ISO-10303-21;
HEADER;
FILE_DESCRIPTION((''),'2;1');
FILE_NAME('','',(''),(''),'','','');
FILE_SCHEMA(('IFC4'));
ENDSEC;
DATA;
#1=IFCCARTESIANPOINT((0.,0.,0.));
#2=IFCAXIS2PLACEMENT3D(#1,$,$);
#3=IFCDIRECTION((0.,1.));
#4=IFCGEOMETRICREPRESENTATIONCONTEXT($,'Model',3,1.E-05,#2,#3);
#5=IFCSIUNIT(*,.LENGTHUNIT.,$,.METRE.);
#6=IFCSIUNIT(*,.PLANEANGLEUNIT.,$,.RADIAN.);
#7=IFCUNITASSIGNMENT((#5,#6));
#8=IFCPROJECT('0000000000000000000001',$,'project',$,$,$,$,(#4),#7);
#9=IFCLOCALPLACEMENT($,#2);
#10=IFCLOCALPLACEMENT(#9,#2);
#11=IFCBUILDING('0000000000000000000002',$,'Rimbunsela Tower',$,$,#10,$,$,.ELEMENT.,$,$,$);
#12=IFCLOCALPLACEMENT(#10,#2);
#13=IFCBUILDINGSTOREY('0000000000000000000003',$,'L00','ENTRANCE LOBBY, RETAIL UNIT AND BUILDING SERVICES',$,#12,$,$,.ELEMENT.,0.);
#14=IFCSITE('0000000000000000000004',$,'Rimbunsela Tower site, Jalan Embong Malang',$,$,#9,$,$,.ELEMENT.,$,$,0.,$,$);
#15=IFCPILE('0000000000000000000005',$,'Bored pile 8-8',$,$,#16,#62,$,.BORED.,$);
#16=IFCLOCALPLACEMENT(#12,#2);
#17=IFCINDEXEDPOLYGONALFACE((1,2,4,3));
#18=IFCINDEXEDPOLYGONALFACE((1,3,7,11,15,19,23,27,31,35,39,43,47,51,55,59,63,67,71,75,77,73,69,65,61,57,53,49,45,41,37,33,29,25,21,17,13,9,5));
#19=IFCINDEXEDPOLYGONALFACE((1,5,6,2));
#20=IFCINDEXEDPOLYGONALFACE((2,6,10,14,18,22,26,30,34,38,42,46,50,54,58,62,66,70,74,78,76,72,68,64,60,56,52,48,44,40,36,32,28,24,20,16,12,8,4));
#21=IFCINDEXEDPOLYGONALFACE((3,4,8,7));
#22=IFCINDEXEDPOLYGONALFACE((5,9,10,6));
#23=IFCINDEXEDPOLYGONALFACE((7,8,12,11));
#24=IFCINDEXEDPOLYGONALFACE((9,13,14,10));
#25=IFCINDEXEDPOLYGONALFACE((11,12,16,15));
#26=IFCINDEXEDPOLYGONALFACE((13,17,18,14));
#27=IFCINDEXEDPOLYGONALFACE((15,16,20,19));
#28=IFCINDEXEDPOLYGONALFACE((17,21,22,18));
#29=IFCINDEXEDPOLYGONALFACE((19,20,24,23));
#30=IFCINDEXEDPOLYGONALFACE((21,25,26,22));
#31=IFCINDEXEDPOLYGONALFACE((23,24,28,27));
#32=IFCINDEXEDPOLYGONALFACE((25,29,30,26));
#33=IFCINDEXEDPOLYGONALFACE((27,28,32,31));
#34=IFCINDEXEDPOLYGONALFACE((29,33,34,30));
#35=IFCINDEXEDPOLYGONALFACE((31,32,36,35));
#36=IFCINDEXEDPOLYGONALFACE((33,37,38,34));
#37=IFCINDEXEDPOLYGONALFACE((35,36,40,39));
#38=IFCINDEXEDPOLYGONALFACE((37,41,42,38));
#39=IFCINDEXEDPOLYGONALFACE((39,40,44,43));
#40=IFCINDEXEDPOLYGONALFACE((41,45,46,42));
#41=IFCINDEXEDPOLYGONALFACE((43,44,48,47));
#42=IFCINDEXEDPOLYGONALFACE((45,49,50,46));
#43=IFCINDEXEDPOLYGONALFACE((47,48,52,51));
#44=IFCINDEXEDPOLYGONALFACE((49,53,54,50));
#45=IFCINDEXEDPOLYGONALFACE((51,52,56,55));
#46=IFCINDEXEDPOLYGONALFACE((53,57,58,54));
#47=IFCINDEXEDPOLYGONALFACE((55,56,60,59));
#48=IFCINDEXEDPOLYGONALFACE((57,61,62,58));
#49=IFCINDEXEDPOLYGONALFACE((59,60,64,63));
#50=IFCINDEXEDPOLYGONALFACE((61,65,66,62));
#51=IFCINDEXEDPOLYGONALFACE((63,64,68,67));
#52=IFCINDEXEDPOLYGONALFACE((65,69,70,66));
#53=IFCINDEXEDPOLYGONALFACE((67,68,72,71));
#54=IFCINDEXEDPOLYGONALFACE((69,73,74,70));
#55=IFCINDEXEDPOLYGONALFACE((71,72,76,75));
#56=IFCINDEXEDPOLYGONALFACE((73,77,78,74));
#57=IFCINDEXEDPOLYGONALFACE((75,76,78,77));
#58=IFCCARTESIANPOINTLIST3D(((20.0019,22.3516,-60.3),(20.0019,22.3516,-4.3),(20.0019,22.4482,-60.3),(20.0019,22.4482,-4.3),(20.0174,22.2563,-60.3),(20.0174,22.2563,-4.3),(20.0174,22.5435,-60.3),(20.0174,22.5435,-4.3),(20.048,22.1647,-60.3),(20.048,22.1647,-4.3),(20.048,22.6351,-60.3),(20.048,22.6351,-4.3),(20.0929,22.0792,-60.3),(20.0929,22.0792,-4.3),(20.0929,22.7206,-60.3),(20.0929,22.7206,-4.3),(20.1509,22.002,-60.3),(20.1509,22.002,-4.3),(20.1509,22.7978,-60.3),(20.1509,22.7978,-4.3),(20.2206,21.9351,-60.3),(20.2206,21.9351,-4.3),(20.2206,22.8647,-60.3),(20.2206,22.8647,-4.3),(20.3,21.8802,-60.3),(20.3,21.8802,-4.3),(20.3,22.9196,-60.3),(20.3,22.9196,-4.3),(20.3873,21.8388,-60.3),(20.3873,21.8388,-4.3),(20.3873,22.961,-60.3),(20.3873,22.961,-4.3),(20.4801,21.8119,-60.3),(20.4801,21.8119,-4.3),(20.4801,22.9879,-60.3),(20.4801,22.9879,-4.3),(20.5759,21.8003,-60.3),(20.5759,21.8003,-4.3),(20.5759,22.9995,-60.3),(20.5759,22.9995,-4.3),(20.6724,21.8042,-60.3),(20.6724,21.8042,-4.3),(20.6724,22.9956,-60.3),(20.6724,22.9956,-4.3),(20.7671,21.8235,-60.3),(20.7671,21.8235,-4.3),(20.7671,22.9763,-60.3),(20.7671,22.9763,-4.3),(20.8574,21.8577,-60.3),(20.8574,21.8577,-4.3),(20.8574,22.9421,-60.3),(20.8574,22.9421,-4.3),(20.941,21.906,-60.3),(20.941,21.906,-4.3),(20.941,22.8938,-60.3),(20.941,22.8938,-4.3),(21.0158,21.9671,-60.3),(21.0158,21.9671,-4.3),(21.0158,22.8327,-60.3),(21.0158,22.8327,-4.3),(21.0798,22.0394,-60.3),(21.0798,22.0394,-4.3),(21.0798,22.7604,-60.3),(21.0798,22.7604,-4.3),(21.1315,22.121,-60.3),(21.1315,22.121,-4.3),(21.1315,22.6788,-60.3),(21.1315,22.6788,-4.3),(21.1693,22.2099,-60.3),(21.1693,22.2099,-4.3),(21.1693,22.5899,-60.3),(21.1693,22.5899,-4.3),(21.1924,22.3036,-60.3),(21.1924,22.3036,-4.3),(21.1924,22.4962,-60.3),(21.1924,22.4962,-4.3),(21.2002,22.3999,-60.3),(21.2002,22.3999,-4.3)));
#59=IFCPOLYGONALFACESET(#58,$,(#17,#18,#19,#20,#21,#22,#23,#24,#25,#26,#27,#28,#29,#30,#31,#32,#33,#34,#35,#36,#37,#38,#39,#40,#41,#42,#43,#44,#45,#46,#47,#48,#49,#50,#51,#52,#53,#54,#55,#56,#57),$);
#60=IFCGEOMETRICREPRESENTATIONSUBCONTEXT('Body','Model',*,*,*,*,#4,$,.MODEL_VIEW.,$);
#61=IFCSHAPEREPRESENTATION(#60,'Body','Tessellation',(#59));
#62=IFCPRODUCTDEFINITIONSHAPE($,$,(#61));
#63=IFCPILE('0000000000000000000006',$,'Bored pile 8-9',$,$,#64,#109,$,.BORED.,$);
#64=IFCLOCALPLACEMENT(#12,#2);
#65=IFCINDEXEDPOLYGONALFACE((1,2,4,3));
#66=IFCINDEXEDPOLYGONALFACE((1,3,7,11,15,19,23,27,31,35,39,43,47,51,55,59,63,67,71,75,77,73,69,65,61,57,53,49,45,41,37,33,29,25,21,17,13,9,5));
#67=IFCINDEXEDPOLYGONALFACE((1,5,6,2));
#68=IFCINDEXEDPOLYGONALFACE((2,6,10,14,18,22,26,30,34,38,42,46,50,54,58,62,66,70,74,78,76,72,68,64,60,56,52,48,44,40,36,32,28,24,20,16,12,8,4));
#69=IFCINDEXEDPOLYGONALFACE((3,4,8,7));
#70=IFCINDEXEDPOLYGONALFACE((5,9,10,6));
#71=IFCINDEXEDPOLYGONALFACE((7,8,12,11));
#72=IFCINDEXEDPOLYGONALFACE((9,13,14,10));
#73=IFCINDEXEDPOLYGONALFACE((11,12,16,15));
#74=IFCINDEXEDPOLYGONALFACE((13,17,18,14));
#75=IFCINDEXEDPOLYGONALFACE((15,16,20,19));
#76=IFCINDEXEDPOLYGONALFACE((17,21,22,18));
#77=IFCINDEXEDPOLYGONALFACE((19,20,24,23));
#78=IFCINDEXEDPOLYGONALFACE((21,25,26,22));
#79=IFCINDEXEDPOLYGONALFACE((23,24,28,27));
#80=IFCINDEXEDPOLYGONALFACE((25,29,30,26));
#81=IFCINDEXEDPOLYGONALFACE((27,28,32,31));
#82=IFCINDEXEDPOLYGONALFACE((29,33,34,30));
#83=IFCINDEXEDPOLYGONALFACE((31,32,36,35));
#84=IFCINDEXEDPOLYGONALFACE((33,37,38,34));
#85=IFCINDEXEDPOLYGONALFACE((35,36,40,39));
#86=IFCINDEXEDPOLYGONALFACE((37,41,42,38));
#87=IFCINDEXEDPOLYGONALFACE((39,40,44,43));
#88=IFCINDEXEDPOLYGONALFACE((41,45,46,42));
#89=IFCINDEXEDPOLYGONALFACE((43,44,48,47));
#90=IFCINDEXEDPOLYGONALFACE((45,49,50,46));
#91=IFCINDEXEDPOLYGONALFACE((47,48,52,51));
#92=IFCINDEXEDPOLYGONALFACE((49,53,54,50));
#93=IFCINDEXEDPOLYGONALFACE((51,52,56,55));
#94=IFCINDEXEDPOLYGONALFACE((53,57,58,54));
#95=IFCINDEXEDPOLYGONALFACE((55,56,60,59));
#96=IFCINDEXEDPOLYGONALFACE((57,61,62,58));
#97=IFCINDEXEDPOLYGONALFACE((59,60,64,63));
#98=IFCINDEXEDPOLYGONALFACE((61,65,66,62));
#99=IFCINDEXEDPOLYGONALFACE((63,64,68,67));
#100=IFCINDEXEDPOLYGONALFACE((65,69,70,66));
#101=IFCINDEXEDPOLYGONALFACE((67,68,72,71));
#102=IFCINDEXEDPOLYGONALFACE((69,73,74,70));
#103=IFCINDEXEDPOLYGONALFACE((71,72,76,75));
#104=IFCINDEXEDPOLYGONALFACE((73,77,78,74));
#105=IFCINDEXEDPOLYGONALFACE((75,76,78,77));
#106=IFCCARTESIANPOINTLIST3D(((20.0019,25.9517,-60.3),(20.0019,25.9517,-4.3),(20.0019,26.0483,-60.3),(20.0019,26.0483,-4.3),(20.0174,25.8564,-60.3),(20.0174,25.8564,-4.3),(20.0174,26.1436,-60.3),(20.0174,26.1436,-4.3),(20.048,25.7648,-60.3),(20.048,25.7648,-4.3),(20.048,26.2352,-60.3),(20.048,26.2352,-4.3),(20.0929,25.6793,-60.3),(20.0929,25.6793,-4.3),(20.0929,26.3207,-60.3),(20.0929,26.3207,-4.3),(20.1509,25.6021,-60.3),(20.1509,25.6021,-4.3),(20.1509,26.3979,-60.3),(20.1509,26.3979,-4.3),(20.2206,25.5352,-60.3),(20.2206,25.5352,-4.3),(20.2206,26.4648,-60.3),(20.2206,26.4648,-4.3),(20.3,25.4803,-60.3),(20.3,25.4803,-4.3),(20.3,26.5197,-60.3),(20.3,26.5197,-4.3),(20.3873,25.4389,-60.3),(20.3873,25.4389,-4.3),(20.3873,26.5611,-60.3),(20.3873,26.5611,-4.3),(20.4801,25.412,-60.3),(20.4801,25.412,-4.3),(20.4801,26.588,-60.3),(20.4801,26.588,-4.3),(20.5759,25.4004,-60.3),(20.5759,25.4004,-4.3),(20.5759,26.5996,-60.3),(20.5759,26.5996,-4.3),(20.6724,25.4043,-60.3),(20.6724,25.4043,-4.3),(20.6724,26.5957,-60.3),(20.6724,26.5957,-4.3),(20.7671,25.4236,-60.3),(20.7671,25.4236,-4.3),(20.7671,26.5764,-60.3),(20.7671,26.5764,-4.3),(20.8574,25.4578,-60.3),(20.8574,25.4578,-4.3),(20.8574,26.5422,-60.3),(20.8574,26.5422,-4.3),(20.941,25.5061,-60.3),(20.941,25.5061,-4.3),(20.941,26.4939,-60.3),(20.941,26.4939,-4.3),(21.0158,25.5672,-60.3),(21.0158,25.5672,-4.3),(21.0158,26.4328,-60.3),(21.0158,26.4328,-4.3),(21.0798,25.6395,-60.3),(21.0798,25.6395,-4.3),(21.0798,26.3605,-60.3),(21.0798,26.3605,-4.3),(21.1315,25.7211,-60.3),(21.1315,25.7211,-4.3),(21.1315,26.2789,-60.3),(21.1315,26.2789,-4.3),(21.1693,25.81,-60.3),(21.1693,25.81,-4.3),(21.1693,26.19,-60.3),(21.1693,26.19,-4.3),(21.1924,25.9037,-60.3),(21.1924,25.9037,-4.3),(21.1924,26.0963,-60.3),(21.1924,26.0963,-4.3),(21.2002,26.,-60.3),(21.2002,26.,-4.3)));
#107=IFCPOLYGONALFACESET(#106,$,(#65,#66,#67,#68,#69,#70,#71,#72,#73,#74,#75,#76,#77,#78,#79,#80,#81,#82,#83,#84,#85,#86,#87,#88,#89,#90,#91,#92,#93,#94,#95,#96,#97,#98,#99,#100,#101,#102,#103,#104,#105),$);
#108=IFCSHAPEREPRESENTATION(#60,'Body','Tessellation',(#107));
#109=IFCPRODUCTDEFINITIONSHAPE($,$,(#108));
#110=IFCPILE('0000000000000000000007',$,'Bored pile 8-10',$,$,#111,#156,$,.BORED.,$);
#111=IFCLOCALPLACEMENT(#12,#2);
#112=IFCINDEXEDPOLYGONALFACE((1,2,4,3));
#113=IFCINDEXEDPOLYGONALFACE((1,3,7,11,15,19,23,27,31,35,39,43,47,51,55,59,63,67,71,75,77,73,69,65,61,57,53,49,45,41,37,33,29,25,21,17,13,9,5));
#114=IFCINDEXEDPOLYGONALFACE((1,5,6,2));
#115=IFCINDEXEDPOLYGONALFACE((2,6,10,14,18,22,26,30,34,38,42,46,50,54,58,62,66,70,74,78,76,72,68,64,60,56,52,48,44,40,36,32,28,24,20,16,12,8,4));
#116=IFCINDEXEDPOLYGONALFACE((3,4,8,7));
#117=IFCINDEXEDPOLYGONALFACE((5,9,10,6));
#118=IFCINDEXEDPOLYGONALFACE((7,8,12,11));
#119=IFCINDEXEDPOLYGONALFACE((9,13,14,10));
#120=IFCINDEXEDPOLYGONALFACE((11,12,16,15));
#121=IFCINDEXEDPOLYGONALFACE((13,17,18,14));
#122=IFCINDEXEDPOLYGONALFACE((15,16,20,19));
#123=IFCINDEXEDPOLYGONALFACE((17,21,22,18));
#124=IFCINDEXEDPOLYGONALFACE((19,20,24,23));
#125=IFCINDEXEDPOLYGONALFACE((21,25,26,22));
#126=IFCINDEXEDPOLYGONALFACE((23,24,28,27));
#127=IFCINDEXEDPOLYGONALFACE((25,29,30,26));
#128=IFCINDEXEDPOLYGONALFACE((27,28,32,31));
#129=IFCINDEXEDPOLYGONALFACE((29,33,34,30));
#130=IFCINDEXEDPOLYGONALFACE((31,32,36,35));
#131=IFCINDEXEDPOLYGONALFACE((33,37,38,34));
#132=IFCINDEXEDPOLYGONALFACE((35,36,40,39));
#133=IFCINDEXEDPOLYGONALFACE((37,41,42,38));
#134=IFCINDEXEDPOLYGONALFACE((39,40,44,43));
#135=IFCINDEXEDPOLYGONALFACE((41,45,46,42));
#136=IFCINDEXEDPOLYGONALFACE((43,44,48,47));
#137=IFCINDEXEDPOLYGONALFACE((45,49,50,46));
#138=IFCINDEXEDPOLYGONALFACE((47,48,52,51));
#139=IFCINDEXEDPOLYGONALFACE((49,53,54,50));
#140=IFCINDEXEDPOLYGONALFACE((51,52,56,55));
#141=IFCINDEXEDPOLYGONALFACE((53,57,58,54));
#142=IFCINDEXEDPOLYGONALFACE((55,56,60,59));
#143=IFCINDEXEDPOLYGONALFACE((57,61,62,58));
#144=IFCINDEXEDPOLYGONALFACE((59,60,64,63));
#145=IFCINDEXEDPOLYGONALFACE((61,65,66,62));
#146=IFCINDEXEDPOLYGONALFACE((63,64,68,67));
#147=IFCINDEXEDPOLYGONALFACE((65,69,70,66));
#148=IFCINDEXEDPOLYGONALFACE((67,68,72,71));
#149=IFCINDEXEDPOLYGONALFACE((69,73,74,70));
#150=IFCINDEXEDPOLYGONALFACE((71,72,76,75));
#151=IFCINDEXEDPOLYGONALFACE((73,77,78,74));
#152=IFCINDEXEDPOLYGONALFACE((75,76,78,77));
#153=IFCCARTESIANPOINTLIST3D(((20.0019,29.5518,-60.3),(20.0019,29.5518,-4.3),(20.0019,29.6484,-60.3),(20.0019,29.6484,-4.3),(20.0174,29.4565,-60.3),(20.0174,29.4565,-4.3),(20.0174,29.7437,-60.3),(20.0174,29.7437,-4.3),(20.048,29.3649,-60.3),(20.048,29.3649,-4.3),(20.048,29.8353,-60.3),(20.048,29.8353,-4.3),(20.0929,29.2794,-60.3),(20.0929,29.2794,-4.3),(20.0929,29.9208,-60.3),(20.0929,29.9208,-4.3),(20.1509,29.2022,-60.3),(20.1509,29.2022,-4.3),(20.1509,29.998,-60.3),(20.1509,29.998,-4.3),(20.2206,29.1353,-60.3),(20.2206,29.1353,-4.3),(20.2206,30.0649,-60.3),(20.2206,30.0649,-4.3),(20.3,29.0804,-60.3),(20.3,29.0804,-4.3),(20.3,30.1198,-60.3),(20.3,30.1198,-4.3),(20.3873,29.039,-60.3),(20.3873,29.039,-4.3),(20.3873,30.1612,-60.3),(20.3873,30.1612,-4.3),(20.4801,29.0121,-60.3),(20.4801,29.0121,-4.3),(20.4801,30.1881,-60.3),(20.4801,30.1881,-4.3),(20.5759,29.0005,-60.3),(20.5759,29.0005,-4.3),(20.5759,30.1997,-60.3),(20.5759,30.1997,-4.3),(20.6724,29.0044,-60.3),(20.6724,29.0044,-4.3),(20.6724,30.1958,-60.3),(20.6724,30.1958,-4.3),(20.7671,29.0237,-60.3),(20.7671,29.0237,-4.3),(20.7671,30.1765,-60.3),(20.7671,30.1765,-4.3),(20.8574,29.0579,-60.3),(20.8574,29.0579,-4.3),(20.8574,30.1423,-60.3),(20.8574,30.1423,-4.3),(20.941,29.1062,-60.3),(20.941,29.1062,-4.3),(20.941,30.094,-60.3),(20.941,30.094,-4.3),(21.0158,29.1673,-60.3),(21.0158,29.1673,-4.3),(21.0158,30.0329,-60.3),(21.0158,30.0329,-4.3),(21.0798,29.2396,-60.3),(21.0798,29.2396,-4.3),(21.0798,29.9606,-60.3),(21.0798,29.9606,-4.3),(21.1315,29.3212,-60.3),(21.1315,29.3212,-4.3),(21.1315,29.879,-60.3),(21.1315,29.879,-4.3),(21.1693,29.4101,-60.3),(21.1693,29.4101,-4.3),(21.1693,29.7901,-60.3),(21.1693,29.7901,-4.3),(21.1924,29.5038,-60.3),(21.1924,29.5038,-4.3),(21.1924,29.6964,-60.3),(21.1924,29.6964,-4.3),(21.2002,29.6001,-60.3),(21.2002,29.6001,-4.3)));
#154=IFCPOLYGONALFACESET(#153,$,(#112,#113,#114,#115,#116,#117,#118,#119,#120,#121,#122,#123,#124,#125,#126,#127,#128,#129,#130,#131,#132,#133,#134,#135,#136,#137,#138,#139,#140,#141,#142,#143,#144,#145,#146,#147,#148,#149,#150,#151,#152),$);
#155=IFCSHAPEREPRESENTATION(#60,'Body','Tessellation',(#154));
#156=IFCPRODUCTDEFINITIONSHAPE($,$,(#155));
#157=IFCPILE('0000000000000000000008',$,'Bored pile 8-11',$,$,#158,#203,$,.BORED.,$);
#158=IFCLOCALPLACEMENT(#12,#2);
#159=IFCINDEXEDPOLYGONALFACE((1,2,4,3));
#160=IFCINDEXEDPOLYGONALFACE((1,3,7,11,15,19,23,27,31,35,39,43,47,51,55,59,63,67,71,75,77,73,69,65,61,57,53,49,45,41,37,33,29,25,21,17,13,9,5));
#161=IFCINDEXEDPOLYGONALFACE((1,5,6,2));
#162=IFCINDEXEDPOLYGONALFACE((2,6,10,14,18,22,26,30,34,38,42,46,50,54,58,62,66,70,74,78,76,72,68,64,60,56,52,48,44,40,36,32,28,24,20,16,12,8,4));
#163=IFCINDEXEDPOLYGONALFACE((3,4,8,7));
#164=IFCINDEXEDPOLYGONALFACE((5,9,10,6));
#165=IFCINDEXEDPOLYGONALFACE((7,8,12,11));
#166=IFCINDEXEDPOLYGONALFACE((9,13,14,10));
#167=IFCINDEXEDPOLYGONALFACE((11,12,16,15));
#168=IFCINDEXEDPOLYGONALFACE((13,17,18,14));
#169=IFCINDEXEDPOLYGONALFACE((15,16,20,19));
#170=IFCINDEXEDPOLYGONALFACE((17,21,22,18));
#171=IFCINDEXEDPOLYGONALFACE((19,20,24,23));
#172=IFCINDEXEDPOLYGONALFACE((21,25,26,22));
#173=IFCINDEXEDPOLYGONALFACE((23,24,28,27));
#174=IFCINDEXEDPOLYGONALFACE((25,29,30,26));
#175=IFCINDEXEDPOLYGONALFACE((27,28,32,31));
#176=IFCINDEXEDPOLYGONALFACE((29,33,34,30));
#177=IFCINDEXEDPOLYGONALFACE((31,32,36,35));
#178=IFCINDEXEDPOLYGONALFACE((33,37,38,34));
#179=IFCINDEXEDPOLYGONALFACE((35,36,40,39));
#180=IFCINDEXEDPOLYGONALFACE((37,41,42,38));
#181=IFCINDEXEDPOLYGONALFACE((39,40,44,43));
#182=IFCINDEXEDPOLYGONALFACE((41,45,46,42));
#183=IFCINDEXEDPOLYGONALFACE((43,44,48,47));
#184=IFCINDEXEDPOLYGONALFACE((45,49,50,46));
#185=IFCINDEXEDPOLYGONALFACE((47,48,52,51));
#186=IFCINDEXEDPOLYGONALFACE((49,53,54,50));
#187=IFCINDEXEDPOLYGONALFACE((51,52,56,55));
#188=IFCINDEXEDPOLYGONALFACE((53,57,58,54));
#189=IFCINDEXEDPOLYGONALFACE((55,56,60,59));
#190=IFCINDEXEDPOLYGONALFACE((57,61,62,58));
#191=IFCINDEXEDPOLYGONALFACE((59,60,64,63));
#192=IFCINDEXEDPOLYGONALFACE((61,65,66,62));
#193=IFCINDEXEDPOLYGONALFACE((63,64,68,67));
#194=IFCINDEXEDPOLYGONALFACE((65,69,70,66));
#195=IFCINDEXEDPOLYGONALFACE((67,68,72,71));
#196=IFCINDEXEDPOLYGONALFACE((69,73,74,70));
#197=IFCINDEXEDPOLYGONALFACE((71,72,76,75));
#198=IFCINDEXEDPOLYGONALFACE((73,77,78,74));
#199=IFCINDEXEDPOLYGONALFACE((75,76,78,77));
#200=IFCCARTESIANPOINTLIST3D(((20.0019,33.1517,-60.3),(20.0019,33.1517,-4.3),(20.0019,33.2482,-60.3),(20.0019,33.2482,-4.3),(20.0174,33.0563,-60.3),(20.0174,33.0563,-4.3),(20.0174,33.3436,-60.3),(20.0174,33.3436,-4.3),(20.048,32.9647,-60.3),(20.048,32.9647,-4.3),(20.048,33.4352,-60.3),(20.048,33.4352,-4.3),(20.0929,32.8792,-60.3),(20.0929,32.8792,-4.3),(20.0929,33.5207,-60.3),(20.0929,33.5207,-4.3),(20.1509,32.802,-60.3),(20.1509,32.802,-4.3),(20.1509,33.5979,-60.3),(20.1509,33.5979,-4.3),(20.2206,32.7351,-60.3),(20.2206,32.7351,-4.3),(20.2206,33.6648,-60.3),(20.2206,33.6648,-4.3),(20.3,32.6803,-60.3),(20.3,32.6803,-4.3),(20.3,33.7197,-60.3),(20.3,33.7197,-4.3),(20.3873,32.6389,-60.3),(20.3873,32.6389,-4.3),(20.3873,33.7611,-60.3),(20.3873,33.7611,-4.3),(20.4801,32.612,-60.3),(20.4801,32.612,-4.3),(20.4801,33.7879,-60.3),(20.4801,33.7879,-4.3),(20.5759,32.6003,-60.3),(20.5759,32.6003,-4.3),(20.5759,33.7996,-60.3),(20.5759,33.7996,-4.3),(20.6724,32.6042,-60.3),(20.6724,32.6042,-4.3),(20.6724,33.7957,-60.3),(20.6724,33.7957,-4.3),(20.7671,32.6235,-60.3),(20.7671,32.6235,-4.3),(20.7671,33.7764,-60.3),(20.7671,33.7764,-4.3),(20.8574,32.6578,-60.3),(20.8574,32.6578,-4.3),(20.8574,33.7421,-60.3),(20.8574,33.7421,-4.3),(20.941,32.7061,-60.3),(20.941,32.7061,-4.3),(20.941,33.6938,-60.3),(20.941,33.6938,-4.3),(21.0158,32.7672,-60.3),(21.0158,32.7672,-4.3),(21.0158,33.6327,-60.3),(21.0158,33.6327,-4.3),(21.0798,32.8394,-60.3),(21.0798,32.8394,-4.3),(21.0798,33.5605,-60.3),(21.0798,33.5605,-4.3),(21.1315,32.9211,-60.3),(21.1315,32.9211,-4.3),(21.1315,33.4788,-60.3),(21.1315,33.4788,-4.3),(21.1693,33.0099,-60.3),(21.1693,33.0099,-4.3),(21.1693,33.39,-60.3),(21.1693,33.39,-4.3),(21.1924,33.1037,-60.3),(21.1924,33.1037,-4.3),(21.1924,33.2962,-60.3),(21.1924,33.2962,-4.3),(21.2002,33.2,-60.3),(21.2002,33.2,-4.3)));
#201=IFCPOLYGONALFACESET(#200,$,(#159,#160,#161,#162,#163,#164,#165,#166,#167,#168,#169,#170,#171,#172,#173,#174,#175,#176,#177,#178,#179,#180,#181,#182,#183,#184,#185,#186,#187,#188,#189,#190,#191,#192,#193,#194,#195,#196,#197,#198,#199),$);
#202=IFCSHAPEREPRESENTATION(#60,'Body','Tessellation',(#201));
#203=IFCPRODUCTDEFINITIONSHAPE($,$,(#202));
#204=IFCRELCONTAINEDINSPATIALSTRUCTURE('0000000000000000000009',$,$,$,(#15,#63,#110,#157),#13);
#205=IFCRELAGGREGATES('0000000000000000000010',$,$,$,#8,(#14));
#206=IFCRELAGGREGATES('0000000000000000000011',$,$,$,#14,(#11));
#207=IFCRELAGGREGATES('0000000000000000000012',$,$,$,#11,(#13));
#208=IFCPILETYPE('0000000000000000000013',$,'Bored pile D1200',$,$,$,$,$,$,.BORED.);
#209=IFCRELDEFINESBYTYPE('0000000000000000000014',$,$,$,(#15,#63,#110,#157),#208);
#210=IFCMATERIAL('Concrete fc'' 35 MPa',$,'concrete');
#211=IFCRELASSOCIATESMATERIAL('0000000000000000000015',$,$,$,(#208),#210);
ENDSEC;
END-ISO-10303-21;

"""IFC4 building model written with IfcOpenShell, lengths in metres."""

from ifc_helpers import new_model, si_unit, direction, frame, origin, origin_2d, place, context, subcontext, project, spatial, circle, extrude, material, material_profile, profile_set, type_object, element, save


model = new_model("IFC4")

# Units and contexts
model_context = context("Model", 3, precision=1e-05, world=origin(), true_north=direction((0.0, 1.0)))
body_context = subcontext(model_context, "Body", "Model", "MODEL_VIEW")
ifc_project = project(units=[si_unit("LENGTHUNIT", "METRE"), si_unit("PLANEANGLEUNIT", "RADIAN")], contexts=[model_context])

# Site, building, storey
site_placement = place(None, origin())
site = spatial("IfcSite", under=ifc_project, at=site_placement, Name="Rimbunsela Tower site, Jalan Embong Malang", CompositionType="ELEMENT", RefElevation=0.0)
building_placement = place(site_placement, origin())
building = spatial("IfcBuilding", under=site, at=building_placement, Name="Rimbunsela Tower", CompositionType="ELEMENT")
storey_placement = place(building_placement, origin())
storey = spatial("IfcBuildingStorey", under=building, at=storey_placement, Name="L00", Description="ENTRANCE LOBBY, RETAIL UNIT AND BUILDING SERVICES", CompositionType="ELEMENT", Elevation=0.0)

# Piles
ifc_material_1 = material(Name="Concrete fc' 35 MPa", Category="concrete")
ifc_material_profile_1 = material_profile(ifc_material_1, circle(Radius=0.6001, at=origin_2d()), Name="BP D1200")
ifc_profile_set_1 = profile_set([ifc_material_profile_1], Name="Concrete fc' 35 MPa")
pile_type = type_object("IfcPileType", Name="Bored pile D1200", PredefinedType="BORED", material=ifc_profile_set_1)
for number, where, z_axis, x_axis, name in (
    (1, (20.6001, 22.3999, -4.3), (0.0, 0.0, -1.0), (1.0, 0.0, 0.0), "Bored pile 8-8"),
    (2, (20.6001, 26.0, -4.3), (0.0, 0.0, -1.0), (1.0, 0.0, 0.0), "Bored pile 8-9"),
    (3, (20.6001, 29.6001, -4.3), (0.0, 0.0, -1.0), (1.0, 0.0, 0.0), "Bored pile 8-10"),
    (4, (20.6001, 33.2, -4.3), (0.0, 0.0, -1.0), (1.0, 0.0, 0.0), "Bored pile 8-11"),
):
    element("IfcPile", number, at=place(storey_placement, frame(where, z_axis=z_axis, x_axis=x_axis)), inside=storey, type_object=pile_type, Name=name, PredefinedType="BORED", context=body_context, shape_type="SweptSolid", body=[
        extrude(circle(Radius=0.6001, at=origin_2d()), origin(), (0.0, 0.0, 1.0), 56.0),
    ])

save(model, "model.ifc")
